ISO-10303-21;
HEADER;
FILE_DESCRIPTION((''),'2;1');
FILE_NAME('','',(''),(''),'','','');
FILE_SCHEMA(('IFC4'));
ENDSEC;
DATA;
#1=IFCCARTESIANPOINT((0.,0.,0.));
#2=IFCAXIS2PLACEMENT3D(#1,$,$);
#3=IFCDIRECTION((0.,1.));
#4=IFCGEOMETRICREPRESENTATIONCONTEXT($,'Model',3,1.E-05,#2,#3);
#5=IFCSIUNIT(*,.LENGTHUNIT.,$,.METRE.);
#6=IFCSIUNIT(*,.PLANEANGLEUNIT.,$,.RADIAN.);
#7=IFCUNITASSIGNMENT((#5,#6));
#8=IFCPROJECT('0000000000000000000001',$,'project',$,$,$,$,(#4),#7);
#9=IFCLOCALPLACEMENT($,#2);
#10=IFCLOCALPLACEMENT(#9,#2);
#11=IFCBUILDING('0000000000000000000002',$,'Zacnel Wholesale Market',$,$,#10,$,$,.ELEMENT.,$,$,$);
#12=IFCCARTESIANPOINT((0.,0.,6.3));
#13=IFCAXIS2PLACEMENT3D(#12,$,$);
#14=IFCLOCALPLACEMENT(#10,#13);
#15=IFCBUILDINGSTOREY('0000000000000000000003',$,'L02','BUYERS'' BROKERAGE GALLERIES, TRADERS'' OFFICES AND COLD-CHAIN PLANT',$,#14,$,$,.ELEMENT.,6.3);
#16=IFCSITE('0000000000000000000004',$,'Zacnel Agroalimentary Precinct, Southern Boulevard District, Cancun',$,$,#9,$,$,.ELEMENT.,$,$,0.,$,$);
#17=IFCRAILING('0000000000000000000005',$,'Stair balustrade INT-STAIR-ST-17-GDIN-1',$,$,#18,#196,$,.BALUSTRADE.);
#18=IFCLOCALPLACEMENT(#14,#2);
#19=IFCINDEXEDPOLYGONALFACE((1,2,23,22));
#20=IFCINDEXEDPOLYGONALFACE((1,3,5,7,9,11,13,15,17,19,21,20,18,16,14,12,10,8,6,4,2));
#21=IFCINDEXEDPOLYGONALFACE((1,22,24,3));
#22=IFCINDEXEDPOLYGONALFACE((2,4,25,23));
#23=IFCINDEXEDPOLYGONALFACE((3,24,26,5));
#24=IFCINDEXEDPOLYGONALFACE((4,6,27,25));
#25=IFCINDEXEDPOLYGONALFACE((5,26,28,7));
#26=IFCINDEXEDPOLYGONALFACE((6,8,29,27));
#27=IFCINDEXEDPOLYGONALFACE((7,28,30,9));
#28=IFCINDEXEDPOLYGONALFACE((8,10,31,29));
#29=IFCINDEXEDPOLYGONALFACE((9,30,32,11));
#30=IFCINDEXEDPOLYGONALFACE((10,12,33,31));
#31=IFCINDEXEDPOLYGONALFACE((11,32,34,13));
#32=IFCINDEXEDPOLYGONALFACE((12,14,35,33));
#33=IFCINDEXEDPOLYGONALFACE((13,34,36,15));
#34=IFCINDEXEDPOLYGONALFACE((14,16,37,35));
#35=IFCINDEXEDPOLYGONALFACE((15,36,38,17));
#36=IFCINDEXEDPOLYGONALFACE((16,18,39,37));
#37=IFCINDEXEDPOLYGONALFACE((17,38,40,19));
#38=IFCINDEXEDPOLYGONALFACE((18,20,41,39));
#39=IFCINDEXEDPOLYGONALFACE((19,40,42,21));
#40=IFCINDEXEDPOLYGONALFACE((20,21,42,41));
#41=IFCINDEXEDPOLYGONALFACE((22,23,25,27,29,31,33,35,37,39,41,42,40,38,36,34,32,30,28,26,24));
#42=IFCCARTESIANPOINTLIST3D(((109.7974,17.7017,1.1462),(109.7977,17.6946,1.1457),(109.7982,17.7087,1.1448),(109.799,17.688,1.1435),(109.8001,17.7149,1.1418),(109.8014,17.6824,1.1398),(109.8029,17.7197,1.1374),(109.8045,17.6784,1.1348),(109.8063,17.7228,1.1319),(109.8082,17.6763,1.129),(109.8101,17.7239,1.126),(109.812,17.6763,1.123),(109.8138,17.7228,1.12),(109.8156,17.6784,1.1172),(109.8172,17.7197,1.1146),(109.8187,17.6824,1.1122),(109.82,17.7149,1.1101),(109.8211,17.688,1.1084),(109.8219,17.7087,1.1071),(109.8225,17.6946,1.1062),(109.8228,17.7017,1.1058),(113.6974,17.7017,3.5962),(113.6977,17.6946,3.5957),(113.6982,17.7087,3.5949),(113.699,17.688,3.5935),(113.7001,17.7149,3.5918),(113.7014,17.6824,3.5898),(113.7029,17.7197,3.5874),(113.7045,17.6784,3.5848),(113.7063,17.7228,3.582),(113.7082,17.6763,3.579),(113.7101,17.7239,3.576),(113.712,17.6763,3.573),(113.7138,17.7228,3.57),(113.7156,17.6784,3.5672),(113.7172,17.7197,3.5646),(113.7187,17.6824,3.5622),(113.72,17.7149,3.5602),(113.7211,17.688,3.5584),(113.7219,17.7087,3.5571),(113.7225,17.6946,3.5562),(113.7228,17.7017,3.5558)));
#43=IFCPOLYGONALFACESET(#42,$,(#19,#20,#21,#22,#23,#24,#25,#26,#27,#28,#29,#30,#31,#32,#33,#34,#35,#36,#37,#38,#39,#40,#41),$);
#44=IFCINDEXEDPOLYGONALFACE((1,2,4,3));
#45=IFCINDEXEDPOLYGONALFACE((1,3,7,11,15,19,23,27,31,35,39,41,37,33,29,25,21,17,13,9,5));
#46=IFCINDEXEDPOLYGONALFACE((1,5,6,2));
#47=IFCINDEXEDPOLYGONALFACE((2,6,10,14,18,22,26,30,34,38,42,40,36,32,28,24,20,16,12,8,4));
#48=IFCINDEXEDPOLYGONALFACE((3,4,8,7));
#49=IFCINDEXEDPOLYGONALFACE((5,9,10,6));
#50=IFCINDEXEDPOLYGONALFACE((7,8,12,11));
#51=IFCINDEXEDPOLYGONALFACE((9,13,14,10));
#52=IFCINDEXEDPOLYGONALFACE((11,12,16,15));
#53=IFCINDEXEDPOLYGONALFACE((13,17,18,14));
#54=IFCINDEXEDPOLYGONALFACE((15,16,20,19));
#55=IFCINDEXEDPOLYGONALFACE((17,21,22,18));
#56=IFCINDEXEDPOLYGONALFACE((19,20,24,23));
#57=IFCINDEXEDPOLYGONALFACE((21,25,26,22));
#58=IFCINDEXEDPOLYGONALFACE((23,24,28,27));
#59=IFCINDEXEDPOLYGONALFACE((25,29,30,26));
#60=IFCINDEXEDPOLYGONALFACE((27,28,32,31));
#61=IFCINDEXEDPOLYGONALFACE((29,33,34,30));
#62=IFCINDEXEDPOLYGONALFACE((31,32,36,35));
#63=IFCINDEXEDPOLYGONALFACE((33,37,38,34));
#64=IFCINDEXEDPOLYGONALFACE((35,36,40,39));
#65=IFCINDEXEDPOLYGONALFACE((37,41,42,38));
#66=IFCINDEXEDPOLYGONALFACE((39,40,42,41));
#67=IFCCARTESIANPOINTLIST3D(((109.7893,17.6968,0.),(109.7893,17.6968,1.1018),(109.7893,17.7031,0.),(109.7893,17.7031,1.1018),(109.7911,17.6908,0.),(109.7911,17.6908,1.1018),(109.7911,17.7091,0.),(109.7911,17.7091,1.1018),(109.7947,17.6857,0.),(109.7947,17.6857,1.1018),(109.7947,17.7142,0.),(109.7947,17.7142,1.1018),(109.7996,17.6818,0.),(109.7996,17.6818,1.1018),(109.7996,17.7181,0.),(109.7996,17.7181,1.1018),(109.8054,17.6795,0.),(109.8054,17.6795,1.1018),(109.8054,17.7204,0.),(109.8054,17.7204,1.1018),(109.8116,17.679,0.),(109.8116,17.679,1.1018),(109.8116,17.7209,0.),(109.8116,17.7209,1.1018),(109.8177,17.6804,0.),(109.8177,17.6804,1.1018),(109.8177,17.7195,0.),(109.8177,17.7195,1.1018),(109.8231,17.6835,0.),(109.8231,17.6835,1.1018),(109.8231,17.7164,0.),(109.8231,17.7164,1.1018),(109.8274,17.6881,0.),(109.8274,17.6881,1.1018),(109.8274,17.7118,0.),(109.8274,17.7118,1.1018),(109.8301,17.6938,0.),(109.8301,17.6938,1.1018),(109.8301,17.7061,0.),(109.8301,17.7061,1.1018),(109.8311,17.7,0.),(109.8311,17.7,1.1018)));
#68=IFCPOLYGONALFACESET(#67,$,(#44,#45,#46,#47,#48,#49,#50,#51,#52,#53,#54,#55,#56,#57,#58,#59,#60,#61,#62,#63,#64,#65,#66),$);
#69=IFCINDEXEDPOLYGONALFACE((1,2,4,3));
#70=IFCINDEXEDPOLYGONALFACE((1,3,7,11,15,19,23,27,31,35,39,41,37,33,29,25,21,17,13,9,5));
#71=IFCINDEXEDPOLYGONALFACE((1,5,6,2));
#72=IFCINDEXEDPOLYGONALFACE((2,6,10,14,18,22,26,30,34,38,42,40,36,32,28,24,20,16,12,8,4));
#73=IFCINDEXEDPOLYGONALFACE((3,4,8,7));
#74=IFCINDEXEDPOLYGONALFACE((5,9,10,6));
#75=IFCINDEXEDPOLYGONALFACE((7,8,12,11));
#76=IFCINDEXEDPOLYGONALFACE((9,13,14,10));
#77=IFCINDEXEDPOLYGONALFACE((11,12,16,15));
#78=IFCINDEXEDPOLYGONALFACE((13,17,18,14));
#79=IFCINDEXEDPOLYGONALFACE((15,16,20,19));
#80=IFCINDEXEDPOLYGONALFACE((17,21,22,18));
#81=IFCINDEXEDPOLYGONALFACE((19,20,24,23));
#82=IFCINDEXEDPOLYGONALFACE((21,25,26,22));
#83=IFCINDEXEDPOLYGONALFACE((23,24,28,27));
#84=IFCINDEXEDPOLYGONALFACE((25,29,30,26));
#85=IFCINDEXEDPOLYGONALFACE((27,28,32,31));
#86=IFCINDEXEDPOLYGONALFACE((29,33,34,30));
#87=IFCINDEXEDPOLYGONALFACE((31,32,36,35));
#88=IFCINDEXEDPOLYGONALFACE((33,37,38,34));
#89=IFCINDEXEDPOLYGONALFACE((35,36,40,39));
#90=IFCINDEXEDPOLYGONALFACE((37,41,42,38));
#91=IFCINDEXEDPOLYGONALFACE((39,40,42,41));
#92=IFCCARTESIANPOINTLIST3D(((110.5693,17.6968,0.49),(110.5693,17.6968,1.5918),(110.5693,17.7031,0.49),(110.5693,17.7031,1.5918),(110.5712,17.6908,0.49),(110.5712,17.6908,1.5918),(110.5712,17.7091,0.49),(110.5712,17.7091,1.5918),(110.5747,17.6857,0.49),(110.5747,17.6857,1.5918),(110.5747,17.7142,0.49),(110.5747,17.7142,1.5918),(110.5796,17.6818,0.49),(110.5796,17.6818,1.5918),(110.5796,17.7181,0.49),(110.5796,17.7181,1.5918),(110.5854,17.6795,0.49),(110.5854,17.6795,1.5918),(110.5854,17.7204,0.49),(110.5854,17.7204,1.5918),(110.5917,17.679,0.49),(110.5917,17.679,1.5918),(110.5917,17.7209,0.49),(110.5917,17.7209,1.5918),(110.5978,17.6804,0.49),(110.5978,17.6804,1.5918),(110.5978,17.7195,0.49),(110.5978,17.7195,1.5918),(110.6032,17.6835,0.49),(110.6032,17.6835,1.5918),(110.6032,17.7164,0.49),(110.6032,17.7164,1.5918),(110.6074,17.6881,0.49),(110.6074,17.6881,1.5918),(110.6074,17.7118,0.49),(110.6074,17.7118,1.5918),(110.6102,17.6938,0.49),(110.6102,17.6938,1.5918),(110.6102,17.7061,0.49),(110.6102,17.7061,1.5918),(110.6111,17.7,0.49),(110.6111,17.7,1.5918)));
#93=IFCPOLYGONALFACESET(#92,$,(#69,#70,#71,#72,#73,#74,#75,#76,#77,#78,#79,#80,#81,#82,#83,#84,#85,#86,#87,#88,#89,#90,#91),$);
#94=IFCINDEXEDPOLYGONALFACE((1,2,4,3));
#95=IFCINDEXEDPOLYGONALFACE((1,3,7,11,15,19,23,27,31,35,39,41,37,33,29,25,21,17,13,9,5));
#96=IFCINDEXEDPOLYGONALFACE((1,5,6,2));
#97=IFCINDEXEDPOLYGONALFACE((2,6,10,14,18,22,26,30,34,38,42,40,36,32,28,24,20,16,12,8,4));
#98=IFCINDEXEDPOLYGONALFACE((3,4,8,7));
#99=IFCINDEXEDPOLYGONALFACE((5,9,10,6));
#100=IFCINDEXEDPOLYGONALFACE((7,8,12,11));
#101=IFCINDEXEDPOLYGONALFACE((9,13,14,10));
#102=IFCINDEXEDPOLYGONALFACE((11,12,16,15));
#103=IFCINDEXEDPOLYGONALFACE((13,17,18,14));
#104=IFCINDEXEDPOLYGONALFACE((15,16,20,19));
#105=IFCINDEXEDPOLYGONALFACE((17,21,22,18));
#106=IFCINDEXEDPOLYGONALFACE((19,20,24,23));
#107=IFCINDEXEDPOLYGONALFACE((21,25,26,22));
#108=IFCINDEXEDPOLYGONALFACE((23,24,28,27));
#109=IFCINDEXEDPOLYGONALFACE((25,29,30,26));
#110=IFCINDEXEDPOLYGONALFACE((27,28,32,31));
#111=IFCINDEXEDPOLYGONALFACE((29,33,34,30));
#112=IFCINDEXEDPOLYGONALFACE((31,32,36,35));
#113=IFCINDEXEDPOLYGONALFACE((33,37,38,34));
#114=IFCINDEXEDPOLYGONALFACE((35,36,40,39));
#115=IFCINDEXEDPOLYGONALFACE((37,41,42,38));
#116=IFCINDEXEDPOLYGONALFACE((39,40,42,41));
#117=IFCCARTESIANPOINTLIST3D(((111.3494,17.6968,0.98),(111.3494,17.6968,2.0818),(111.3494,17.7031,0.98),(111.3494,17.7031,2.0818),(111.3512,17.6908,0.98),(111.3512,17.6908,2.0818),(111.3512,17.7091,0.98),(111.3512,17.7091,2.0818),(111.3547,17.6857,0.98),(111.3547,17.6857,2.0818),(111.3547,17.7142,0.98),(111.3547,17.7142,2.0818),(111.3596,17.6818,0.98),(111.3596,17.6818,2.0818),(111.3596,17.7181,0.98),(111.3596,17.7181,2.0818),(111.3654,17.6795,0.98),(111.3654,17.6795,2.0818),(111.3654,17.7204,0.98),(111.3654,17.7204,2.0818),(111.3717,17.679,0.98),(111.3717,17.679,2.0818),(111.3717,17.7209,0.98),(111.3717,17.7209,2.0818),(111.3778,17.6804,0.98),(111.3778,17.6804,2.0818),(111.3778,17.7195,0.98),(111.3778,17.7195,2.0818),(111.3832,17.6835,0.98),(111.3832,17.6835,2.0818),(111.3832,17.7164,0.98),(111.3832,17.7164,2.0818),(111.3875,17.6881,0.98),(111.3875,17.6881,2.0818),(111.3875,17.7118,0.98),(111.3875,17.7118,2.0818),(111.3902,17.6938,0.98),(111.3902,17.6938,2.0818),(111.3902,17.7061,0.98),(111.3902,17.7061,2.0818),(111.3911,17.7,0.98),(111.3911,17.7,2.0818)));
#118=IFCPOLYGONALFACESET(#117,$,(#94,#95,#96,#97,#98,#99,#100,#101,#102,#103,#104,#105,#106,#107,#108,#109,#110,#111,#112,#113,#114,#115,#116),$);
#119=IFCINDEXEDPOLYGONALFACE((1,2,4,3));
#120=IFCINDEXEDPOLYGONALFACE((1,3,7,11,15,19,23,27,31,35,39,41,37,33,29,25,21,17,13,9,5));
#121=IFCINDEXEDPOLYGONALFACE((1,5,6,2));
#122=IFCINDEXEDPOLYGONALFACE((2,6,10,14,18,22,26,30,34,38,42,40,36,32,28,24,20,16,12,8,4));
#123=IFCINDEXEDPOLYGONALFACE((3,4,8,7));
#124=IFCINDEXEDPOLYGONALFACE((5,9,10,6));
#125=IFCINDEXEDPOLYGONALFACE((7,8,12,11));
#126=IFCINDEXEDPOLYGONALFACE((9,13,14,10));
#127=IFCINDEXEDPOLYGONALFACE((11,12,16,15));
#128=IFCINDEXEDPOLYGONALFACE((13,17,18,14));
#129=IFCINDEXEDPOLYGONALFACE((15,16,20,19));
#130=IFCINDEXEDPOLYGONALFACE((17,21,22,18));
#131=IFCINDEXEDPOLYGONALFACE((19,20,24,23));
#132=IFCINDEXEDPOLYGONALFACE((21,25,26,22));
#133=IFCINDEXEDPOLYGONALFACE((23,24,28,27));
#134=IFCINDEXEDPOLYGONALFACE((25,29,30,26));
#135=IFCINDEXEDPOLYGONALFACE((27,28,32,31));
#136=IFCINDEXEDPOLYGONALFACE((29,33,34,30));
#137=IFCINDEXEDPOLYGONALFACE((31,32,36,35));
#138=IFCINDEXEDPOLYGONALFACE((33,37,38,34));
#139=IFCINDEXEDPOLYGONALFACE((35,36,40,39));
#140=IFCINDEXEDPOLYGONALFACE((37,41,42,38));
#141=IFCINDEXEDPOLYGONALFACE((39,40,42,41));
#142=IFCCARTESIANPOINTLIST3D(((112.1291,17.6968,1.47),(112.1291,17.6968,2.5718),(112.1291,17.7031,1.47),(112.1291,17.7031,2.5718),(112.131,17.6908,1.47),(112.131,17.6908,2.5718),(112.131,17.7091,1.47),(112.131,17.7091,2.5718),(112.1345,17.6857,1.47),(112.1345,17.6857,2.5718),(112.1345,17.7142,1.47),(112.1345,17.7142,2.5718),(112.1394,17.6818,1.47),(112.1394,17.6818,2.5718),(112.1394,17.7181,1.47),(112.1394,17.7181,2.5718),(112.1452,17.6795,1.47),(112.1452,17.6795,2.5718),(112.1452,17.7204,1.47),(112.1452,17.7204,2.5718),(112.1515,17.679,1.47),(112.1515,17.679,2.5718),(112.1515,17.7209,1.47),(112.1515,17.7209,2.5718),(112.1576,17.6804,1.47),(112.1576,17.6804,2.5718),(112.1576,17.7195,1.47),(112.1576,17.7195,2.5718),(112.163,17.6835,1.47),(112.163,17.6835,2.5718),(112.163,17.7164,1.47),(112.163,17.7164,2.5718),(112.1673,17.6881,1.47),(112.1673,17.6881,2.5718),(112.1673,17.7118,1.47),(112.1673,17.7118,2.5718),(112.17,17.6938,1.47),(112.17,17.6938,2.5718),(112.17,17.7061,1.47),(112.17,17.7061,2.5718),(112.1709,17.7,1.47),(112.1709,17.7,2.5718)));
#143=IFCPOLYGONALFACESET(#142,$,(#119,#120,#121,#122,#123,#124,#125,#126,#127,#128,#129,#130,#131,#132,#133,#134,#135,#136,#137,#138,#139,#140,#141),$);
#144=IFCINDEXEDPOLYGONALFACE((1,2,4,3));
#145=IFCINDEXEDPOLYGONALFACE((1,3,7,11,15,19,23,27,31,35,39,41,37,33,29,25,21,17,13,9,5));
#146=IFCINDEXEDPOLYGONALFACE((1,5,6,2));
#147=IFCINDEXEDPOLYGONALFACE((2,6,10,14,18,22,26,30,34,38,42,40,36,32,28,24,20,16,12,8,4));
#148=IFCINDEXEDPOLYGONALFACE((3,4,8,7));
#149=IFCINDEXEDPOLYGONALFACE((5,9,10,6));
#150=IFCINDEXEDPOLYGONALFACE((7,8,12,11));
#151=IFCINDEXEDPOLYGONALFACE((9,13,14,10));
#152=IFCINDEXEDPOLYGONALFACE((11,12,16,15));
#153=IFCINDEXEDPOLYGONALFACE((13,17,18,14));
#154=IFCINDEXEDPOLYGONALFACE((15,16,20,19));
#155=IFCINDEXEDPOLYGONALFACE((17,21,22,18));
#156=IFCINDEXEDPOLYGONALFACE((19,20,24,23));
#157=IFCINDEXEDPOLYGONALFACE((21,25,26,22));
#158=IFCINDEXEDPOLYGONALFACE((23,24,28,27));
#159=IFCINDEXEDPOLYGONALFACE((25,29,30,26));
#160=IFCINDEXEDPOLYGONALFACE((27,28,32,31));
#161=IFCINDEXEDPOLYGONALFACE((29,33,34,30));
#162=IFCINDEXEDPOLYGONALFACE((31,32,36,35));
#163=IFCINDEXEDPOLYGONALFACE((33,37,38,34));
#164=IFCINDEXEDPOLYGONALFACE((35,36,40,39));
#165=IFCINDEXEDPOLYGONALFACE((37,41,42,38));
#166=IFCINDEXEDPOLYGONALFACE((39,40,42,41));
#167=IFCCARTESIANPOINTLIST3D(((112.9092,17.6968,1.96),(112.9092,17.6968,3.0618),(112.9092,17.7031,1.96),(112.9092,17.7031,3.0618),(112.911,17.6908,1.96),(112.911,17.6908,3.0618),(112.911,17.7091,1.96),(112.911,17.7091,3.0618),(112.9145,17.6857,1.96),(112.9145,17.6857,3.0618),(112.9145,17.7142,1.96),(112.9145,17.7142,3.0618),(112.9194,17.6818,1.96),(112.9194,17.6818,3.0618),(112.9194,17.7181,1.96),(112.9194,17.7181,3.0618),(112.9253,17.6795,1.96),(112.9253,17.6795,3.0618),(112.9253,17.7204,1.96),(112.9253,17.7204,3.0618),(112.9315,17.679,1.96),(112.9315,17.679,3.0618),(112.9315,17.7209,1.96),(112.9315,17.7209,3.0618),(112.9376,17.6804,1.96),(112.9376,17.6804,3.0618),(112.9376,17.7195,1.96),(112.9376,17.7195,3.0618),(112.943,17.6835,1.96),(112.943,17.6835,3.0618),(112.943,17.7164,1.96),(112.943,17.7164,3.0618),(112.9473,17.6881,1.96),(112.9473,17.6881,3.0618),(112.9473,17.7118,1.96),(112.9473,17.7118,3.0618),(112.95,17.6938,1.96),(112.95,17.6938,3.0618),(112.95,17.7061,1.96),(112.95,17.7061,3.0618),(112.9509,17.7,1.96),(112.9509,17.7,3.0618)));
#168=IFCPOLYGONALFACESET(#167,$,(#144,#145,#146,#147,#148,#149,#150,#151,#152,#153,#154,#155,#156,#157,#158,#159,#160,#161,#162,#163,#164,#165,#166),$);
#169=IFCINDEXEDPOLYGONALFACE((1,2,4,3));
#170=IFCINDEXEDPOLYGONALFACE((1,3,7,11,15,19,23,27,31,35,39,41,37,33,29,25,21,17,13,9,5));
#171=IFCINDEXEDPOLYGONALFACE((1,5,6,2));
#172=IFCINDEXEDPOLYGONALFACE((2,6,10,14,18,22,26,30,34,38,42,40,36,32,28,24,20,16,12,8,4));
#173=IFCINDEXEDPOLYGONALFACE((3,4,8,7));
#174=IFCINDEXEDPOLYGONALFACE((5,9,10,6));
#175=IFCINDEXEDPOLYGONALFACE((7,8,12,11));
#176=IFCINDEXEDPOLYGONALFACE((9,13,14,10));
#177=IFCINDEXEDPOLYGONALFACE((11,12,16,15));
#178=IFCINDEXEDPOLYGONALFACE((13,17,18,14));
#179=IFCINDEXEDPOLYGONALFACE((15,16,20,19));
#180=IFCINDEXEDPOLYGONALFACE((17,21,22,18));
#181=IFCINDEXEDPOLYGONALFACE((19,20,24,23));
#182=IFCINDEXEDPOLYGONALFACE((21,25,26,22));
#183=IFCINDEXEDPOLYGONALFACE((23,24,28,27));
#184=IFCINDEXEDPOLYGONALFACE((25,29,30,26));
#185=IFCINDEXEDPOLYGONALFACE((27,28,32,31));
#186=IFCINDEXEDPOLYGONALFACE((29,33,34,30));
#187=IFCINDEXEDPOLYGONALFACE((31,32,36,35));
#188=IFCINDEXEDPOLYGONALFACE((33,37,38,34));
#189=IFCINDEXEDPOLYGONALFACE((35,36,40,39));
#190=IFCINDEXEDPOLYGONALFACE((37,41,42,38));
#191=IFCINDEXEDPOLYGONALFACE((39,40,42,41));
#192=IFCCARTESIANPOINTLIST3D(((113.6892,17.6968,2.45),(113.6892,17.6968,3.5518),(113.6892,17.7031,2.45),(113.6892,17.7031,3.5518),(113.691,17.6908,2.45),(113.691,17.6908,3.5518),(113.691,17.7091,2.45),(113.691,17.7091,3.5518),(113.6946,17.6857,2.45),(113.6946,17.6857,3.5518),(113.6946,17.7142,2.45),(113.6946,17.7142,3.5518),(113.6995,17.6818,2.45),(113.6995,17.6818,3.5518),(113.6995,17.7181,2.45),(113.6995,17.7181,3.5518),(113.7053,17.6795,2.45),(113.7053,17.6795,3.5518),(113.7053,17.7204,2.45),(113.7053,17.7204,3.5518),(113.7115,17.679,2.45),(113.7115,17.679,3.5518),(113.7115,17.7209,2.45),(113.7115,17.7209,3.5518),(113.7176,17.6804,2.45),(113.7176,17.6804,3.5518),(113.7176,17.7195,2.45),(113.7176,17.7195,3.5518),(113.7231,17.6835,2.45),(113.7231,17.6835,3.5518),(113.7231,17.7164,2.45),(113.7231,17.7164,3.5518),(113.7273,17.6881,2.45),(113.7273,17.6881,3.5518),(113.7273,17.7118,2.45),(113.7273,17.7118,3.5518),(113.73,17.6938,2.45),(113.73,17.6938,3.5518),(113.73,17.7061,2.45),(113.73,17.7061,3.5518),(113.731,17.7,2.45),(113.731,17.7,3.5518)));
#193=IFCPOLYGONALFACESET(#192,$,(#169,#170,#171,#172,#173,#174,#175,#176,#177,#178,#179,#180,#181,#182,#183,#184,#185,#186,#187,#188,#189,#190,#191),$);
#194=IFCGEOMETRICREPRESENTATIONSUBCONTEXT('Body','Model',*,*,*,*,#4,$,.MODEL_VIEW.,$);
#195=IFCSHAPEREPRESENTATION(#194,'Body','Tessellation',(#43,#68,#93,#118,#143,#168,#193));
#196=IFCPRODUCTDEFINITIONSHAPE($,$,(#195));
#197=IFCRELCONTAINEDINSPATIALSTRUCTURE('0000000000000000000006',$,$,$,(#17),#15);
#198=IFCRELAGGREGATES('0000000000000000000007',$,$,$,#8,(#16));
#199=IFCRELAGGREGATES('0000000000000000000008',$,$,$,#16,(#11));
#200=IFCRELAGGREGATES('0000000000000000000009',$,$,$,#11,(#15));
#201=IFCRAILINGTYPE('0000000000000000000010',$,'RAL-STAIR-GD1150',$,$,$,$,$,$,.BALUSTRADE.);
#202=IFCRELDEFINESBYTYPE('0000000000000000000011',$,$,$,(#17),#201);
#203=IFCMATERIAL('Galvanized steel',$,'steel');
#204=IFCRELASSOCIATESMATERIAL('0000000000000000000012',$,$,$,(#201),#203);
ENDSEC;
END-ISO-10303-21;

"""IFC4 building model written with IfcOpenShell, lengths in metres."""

from ifc_helpers import new_model, si_unit, direction, frame, origin, origin_2d, place, context, subcontext, project, spatial, circle, extrude, material, type_object, element, save


model = new_model("IFC4")

# Units and contexts
model_context = context("Model", 3, precision=1e-05, world=origin(), true_north=direction((0.0, 1.0)))
body_context = subcontext(model_context, "Body", "Model", "MODEL_VIEW")
ifc_project = project(units=[si_unit("LENGTHUNIT", "METRE"), si_unit("PLANEANGLEUNIT", "RADIAN")], contexts=[model_context])

# Site, building, storey
site_placement = place(None, origin())
site = spatial("IfcSite", under=ifc_project, at=site_placement, Name="Zacnel Agroalimentary Precinct, Southern Boulevard District, Cancun", CompositionType="ELEMENT", RefElevation=0.0)
building_placement = place(site_placement, origin())
building = spatial("IfcBuilding", under=site, at=building_placement, Name="Zacnel Wholesale Market", CompositionType="ELEMENT")
storey_placement = place(building_placement, frame((0.0, 0.0, 6.3)))
storey = spatial("IfcBuildingStorey", under=building, at=storey_placement, Name="L02", Description="BUYERS' BROKERAGE GALLERIES, TRADERS' OFFICES AND COLD-CHAIN PLANT", CompositionType="ELEMENT", Elevation=6.3)

# Railing
ifc_material_1 = material(Name="Galvanized steel", Category="steel")
railing_type_1 = type_object("IfcRailingType", Name="RAL-STAIR-GD1150", PredefinedType="BALUSTRADE", material=ifc_material_1)
railing_1_placement = place(storey_placement, frame((109.8101, 17.7, 0.0)))
element("IfcRailing", 1, at=railing_1_placement, inside=storey, type_object=railing_type_1, Name="Stair balustrade INT-STAIR-ST-17-GDIN-1", PredefinedType="BALUSTRADE", context=body_context, shape_type="SweptSolid", body=[
    extrude(circle(Radius=0.0239, at=origin_2d()), frame((0.0, 0.0, 1.126), z_axis=(0.846775, 0.0, 0.531951), x_axis=(0.0, 1.0, 0.0)), (0.0, 0.0, 1.0), 4.6057),
    extrude(circle(Radius=0.021, at=origin_2d()), origin(), (0.0, 0.0, 1.0), 1.1018),
    extrude(circle(Radius=0.021, at=origin_2d()), frame((0.78, 0.0, 0.49)), (0.0, 0.0, 1.0), 1.1018),
    extrude(circle(Radius=0.021, at=origin_2d()), frame((1.5601, 0.0, 0.98)), (0.0, 0.0, 1.0), 1.1018),
    extrude(circle(Radius=0.021, at=origin_2d()), frame((2.3398, 0.0, 1.47)), (0.0, 0.0, 1.0), 1.1018),
    extrude(circle(Radius=0.021, at=origin_2d()), frame((3.1199, 0.0, 1.96)), (0.0, 0.0, 1.0), 1.1018),
    extrude(circle(Radius=0.021, at=origin_2d()), frame((3.8999, 0.0, 2.45)), (0.0, 0.0, 1.0), 1.1018),
])

save(model, "model.ifc")
